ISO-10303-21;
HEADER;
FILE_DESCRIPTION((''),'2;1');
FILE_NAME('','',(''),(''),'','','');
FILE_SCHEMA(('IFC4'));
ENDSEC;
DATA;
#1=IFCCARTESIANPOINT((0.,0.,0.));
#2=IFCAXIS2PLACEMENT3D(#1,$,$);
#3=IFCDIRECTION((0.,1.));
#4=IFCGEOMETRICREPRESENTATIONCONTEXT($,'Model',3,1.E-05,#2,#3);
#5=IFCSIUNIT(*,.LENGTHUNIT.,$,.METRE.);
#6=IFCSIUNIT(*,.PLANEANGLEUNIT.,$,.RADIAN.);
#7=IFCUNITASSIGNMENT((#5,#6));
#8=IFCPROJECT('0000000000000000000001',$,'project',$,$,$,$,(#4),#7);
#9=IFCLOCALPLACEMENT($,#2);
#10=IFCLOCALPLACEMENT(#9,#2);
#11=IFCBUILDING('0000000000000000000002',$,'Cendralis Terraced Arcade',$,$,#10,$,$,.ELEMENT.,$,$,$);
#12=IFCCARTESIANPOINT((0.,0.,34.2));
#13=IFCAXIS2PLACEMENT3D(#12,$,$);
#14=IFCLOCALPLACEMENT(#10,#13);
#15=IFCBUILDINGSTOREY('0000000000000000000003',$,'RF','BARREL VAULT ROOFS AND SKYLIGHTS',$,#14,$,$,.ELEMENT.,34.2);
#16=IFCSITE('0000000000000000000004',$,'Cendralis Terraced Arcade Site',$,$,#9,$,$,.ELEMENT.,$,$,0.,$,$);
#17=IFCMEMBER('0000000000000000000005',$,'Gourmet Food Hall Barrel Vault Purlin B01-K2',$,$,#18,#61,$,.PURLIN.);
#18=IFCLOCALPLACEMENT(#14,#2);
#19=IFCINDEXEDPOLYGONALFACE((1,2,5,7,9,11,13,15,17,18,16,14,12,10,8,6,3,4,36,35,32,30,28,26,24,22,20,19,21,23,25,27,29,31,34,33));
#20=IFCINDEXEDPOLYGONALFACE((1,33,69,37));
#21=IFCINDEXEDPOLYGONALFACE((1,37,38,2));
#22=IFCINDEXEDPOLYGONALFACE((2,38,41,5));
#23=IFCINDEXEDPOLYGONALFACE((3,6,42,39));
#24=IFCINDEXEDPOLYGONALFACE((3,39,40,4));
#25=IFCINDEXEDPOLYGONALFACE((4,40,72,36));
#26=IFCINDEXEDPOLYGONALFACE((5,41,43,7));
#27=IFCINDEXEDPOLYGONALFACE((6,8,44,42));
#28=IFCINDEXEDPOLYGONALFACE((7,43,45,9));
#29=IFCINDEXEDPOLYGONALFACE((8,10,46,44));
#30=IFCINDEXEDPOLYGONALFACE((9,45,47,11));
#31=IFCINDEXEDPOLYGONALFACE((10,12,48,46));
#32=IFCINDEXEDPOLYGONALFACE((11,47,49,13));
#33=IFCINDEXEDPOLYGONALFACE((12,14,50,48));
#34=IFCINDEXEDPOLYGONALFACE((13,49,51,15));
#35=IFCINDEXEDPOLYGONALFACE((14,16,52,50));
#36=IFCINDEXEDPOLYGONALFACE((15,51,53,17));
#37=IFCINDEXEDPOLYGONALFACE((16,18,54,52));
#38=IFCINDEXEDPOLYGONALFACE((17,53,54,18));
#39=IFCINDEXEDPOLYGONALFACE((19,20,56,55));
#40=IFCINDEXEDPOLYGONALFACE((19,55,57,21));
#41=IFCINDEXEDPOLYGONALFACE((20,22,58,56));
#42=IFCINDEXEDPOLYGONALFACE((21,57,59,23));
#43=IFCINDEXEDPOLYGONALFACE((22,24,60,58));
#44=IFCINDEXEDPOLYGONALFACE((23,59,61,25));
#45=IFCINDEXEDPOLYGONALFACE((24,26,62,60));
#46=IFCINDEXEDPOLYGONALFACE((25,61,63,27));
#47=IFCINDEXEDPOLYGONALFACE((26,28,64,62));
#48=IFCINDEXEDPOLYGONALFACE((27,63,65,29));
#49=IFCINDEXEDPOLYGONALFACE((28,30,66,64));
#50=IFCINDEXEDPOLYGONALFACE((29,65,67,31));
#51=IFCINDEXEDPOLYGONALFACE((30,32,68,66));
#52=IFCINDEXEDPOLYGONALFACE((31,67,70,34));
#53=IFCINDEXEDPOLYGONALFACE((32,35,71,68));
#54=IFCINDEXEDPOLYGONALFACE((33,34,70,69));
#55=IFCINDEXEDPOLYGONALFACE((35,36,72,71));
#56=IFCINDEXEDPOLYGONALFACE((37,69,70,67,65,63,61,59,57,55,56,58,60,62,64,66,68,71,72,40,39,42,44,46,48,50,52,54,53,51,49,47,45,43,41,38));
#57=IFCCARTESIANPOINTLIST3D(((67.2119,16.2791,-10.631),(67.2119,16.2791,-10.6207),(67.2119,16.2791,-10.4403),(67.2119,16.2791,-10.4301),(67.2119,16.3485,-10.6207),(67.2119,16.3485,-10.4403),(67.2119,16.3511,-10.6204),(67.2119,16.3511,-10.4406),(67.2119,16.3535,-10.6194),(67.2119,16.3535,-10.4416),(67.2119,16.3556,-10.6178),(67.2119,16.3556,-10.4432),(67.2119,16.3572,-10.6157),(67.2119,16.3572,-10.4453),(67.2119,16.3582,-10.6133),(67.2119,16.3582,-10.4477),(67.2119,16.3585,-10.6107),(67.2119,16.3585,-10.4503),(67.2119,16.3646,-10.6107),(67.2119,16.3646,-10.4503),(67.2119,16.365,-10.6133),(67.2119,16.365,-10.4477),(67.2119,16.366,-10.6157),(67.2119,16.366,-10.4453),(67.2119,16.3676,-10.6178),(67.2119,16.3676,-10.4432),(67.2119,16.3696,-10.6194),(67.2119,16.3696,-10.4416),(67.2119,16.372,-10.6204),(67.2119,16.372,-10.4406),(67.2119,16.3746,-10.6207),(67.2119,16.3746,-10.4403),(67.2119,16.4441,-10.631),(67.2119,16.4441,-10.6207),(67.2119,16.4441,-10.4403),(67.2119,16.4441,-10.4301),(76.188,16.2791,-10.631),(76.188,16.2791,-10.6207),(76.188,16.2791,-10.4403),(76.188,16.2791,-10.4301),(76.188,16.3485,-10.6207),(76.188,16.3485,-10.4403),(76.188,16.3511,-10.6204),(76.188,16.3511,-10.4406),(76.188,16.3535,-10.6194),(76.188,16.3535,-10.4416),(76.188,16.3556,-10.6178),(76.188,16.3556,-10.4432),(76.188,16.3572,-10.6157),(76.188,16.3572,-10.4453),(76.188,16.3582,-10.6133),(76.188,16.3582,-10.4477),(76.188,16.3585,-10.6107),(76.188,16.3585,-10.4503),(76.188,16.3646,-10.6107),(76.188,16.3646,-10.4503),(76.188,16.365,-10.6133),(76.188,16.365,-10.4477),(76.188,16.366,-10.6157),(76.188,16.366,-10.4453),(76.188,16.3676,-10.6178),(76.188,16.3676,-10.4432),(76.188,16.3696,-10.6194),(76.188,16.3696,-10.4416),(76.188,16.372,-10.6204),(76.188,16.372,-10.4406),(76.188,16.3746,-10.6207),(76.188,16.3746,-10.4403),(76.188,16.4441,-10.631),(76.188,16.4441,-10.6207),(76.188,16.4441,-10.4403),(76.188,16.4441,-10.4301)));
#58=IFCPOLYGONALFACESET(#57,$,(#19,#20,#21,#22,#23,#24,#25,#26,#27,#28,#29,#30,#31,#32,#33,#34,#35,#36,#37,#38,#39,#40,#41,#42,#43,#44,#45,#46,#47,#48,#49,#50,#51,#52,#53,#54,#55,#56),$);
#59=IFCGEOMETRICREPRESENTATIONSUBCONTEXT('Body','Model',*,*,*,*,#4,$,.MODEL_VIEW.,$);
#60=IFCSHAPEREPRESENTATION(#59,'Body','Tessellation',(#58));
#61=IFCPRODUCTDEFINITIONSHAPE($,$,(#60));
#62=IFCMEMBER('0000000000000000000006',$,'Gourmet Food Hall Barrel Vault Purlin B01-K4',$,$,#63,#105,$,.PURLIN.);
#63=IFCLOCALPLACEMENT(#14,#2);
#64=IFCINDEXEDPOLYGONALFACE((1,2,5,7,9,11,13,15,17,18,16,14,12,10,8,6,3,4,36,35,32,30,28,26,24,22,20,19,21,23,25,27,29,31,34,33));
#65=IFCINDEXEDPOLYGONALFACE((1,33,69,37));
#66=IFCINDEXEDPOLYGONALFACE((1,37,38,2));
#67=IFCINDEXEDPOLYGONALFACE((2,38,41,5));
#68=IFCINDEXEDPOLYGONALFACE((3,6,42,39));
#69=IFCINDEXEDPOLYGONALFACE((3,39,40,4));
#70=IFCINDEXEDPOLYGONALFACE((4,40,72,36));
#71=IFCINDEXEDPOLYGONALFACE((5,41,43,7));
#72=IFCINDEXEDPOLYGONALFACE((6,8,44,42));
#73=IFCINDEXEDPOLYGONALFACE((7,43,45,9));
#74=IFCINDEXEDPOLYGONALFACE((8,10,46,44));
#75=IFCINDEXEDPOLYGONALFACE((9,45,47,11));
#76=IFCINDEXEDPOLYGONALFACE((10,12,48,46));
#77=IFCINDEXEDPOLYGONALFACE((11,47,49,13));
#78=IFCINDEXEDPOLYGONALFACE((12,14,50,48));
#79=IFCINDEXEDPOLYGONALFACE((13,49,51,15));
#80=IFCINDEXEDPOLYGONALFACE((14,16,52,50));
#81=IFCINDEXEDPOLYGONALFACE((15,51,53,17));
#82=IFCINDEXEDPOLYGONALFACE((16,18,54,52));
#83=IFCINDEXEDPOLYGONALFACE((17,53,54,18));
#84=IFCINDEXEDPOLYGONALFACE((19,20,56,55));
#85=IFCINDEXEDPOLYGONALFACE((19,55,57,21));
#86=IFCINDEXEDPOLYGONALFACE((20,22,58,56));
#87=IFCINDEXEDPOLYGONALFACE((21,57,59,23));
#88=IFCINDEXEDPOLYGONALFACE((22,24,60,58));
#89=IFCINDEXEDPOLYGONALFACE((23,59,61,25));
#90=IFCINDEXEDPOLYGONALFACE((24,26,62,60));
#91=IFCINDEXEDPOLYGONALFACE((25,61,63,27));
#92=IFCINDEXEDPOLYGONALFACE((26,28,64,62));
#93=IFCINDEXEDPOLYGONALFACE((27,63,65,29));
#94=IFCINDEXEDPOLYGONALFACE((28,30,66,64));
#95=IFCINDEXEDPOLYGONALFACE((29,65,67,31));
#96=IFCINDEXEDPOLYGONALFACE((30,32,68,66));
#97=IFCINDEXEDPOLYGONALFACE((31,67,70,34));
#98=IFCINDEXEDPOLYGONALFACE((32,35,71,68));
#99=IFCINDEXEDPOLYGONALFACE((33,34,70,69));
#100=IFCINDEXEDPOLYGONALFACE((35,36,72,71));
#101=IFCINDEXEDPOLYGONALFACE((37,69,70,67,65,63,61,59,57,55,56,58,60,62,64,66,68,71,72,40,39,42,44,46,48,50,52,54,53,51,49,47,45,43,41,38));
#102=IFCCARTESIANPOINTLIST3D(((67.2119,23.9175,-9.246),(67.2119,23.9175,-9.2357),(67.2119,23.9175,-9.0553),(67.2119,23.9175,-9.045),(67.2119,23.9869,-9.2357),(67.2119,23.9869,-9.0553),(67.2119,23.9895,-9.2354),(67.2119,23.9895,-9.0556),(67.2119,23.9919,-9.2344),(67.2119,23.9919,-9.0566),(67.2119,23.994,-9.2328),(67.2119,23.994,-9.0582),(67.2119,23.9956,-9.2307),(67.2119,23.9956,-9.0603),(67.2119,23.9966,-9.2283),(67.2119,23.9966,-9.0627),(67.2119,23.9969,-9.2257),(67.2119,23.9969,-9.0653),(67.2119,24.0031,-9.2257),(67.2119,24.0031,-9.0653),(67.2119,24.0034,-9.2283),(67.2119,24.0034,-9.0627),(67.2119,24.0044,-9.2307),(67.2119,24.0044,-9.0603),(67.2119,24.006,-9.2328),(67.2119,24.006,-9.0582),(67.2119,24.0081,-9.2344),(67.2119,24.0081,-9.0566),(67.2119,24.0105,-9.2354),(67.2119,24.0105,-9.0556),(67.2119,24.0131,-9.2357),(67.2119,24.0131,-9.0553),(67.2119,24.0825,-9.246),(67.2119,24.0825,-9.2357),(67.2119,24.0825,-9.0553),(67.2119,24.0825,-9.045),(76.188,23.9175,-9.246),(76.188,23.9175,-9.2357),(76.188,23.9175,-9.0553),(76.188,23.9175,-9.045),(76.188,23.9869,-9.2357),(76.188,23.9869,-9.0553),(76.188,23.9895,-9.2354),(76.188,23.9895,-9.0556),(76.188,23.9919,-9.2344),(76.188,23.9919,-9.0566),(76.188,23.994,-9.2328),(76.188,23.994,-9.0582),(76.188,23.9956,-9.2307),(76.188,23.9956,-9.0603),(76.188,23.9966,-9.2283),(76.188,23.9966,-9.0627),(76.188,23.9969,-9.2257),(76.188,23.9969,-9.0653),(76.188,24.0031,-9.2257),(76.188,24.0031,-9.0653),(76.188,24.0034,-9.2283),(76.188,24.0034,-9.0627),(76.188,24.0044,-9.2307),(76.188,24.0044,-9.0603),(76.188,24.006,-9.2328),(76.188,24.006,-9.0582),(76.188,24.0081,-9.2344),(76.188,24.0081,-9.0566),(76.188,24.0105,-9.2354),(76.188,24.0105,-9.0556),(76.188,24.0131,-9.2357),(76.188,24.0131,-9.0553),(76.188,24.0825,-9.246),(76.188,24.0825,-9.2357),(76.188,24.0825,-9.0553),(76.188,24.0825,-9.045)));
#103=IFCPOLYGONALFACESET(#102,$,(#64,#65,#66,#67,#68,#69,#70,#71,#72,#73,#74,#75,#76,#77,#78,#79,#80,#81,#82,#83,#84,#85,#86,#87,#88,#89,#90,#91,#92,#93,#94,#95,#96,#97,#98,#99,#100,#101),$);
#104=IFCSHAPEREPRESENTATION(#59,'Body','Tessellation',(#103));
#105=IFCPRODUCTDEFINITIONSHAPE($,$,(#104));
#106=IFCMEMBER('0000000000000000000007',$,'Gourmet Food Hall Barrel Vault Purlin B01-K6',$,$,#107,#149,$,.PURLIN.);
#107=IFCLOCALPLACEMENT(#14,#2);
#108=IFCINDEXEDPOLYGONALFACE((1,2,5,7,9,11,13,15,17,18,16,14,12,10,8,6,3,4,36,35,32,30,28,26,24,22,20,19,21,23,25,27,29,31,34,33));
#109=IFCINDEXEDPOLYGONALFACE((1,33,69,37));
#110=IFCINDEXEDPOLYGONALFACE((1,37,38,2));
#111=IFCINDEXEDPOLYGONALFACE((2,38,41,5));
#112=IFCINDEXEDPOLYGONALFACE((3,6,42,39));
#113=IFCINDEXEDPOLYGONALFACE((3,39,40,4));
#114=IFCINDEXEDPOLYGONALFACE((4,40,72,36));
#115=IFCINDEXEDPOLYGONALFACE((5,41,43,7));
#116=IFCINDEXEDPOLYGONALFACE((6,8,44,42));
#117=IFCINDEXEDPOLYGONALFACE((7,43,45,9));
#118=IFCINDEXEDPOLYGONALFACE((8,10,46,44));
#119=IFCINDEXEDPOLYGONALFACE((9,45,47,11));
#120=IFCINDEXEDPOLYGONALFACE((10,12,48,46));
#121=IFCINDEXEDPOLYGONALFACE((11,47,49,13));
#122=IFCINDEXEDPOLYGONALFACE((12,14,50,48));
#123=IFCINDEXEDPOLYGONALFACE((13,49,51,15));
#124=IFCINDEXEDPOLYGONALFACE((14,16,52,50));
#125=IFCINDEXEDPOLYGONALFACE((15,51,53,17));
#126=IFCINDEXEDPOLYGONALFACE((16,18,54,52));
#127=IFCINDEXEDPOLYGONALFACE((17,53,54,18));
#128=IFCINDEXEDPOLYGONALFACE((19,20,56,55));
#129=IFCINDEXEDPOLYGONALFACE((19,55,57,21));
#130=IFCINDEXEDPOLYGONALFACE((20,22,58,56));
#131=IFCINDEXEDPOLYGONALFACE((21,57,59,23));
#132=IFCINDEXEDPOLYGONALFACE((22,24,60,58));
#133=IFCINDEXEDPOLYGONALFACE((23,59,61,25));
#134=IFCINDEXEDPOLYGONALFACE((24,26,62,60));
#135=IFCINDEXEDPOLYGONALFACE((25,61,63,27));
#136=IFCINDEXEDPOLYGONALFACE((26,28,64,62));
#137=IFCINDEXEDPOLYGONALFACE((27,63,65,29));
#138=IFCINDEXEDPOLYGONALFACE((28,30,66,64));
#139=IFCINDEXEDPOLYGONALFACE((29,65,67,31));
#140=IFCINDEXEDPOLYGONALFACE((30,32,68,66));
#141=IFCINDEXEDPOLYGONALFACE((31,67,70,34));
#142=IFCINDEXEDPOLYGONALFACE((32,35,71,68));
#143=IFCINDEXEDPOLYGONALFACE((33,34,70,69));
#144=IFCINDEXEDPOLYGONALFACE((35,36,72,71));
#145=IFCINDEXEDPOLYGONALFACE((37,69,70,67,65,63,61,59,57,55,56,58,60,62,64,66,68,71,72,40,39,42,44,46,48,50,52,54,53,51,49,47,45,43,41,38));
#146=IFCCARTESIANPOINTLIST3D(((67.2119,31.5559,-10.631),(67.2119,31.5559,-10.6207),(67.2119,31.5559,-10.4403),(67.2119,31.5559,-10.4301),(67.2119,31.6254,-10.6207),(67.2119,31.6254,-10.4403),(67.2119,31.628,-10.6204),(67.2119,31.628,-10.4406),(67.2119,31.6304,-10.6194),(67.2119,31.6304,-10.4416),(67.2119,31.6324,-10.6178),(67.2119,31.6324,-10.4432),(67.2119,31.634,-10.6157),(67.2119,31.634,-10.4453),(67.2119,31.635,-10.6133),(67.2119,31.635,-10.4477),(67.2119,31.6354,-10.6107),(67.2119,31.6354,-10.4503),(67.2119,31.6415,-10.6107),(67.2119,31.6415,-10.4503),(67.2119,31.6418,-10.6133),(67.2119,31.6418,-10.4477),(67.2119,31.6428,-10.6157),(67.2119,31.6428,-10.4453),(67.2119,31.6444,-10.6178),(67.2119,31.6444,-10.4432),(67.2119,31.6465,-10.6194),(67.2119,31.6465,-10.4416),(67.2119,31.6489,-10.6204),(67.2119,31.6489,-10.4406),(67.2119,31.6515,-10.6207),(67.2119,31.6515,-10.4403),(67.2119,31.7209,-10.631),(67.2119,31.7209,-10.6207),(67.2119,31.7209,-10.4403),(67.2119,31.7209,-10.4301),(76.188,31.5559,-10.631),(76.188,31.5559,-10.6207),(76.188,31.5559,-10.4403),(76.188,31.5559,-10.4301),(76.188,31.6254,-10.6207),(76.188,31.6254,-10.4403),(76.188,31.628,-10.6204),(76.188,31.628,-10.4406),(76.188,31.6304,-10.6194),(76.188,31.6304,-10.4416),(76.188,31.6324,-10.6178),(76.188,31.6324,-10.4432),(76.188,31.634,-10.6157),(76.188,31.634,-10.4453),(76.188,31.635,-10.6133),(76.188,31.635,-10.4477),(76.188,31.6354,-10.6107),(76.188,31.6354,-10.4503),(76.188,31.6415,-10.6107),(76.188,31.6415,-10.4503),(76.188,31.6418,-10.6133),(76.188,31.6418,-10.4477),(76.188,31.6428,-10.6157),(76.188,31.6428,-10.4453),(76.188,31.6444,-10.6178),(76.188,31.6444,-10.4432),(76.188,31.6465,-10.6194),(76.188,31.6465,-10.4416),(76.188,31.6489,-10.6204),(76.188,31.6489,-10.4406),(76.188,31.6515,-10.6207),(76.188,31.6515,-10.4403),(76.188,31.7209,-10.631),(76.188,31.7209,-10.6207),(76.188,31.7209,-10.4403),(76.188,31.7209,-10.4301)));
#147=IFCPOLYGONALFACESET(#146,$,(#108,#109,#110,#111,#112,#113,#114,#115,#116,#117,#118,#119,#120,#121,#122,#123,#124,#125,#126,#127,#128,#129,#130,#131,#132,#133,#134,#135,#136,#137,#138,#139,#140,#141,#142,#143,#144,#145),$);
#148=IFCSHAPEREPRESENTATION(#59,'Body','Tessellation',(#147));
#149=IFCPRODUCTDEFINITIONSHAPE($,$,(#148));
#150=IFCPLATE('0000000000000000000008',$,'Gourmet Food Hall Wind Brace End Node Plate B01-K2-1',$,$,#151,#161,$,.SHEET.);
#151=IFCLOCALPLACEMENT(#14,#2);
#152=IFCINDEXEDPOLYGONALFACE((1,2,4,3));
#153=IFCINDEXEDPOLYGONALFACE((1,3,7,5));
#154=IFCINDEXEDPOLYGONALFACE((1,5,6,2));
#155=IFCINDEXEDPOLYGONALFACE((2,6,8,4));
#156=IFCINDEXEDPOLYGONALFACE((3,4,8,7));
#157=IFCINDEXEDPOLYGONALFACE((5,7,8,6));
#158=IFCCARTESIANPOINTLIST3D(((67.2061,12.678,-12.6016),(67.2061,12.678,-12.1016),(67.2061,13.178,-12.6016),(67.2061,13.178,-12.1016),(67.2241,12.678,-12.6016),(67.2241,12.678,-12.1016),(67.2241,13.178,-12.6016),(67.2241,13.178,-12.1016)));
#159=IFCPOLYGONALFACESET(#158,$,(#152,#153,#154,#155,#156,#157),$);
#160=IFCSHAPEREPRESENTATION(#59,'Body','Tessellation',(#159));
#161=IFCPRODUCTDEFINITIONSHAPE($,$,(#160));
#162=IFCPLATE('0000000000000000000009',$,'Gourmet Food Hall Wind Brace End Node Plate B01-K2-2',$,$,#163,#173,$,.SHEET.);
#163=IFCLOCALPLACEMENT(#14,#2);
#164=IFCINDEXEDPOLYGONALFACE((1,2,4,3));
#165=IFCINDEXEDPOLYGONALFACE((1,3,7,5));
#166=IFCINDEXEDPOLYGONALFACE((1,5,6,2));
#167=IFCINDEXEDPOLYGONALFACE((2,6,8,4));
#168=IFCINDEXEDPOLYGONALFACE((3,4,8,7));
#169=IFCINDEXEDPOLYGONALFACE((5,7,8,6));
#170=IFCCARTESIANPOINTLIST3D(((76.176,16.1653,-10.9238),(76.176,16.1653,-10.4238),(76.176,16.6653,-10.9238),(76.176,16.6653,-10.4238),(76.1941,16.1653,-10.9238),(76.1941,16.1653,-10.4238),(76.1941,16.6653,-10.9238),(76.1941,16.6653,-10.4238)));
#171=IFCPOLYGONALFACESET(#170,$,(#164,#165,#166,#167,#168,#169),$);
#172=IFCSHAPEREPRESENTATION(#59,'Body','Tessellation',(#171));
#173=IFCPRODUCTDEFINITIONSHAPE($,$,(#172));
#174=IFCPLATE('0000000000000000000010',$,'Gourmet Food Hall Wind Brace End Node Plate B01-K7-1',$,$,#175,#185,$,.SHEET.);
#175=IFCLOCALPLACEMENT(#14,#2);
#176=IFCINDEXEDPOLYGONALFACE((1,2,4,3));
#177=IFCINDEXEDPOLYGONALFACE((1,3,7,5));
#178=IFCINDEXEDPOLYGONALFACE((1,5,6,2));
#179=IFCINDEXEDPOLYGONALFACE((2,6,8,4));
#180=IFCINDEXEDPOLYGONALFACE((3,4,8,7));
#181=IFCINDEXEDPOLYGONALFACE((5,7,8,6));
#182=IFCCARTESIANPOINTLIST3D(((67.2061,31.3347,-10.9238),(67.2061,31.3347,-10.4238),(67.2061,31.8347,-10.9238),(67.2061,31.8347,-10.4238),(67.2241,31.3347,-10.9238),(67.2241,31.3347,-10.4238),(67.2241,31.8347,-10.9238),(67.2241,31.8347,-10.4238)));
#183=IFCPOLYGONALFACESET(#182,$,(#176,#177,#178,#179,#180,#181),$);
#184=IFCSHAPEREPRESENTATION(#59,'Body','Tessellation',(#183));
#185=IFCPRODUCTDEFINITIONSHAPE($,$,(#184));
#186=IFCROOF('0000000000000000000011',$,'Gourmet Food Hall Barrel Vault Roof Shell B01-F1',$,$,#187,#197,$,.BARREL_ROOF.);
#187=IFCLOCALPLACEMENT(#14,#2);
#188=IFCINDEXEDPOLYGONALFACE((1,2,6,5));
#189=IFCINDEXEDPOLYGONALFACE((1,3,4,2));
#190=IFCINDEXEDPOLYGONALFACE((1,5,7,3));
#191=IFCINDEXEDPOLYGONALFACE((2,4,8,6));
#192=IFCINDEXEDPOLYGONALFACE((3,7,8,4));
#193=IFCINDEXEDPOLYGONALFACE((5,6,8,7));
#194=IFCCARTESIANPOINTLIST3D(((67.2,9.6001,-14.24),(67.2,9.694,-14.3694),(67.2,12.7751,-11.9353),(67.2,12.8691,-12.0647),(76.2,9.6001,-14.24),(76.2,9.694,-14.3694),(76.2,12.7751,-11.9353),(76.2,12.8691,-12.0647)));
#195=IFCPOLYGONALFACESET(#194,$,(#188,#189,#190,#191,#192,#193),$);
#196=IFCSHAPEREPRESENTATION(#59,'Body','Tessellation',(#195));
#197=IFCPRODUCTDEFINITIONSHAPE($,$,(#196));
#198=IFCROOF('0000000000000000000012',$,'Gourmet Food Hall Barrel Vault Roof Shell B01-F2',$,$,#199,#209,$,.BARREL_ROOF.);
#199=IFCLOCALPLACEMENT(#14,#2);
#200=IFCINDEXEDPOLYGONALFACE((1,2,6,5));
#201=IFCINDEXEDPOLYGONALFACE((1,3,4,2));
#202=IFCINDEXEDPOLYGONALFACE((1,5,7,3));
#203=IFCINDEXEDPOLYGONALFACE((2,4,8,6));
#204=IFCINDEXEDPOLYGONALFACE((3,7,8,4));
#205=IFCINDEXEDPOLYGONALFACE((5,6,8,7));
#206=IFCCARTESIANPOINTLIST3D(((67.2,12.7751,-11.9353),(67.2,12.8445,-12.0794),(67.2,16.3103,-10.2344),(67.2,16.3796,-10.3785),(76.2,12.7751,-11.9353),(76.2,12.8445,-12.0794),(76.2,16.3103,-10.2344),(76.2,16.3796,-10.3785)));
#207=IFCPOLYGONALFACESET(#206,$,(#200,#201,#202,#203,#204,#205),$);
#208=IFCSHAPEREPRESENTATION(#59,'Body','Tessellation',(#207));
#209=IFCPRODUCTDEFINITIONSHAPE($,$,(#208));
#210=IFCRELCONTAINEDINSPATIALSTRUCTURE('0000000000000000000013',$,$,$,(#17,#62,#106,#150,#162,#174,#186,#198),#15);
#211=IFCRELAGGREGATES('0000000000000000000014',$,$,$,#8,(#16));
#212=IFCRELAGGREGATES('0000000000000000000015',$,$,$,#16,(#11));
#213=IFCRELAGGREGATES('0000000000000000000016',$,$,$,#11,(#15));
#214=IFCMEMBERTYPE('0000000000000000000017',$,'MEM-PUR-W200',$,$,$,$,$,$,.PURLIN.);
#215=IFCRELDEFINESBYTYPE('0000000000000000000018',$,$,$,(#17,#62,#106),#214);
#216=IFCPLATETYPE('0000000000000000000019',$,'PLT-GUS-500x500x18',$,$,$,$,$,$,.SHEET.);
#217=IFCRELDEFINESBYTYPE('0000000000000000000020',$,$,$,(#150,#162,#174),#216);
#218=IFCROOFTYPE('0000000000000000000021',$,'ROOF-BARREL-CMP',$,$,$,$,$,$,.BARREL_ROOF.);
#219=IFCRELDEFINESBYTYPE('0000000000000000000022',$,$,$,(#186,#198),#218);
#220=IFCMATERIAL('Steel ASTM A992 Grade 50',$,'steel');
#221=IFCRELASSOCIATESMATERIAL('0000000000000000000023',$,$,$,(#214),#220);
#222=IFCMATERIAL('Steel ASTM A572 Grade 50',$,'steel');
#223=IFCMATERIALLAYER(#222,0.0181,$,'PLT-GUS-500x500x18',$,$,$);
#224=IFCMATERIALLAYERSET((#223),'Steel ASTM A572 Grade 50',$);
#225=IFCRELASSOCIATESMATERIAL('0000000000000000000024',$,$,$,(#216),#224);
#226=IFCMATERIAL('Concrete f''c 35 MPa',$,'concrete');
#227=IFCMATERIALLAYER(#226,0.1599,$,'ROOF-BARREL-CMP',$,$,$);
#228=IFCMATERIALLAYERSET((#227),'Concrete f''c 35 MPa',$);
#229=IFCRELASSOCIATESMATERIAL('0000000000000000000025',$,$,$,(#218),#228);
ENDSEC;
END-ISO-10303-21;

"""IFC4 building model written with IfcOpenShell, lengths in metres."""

from ifc_helpers import new_model, si_unit, direction, frame, origin, origin_2d, place, context, subcontext, project, spatial, polyline, rectangle, i_section, outline, extrude, material, layer, layer_set, material_profile, profile_set, type_object, element, save


model = new_model("IFC4")

# Units and contexts
model_context = context("Model", 3, precision=1e-05, world=origin(), true_north=direction((0.0, 1.0)))
body_context = subcontext(model_context, "Body", "Model", "MODEL_VIEW")
ifc_project = project(units=[si_unit("LENGTHUNIT", "METRE"), si_unit("PLANEANGLEUNIT", "RADIAN")], contexts=[model_context])

# Site, building, storey
site_placement = place(None, origin())
site = spatial("IfcSite", under=ifc_project, at=site_placement, Name="Cendralis Terraced Arcade Site", CompositionType="ELEMENT", RefElevation=0.0)
building_placement = place(site_placement, origin())
building = spatial("IfcBuilding", under=site, at=building_placement, Name="Cendralis Terraced Arcade", CompositionType="ELEMENT")
storey_placement = place(building_placement, frame((0.0, 0.0, 34.2)))
storey = spatial("IfcBuildingStorey", under=building, at=storey_placement, Name="RF", Description="BARREL VAULT ROOFS AND SKYLIGHTS", CompositionType="ELEMENT", Elevation=34.2)

# Members
ifc_material_1 = material(Name="Steel ASTM A992 Grade 50", Category="steel")
ifc_material_2 = material(Name="Steel ASTM A572 Grade 50", Category="steel")
ifc_material_profile_1 = material_profile(ifc_material_1, i_section(OverallWidth=0.165, OverallDepth=0.2009, WebThickness=0.0061, FlangeThickness=0.0103, FilletRadius=0.01, at=origin_2d()), Name="W200X35.9", Category="LoadBearing")
ifc_profile_set_1 = profile_set([ifc_material_profile_1], Name="Steel ASTM A992 Grade 50")
member_type_1 = type_object("IfcMemberType", Name="MEM-PUR-W200", PredefinedType="PURLIN", material=ifc_profile_set_1)
for number, where, z_axis, x_axis, name in (
    (1, (67.2119, 16.3616, -10.5305), (1.0, 0.0, 0.0), (0.0, 1.0, 0.0), "Gourmet Food Hall Barrel Vault Purlin B01-K2"),
    (2, (67.2119, 24.0, -9.1455), (1.0, 0.0, 0.0), (0.0, 1.0, 0.0), "Gourmet Food Hall Barrel Vault Purlin B01-K4"),
    (3, (67.2119, 31.6384, -10.5305), (1.0, 0.0, 0.0), (0.0, 1.0, 0.0), "Gourmet Food Hall Barrel Vault Purlin B01-K6"),
):
    element("IfcMember", number, at=place(storey_placement, frame(where, z_axis=z_axis, x_axis=x_axis)), inside=storey, type_object=member_type_1, Name=name, PredefinedType="PURLIN", context=body_context, shape_type="SweptSolid", body=[
        extrude(i_section(OverallWidth=0.165, OverallDepth=0.2009, WebThickness=0.0061, FlangeThickness=0.0103, FilletRadius=0.01, at=origin_2d()), origin(), (0.0, 0.0, 1.0), 8.9761),
    ])

# Plates
ifc_layer_1 = layer(ifc_material_2, 0.0181, Name="PLT-GUS-500x500x18")
ifc_layer_set_1 = layer_set([ifc_layer_1], Name="Steel ASTM A572 Grade 50")
plate_type = type_object("IfcPlateType", Name="PLT-GUS-500x500x18", PredefinedType="SHEET", material=ifc_layer_set_1)
for number, where, z_axis, x_axis, name in (
    (4, (67.2151, 12.928, -12.6016), (0.0, 0.0, 1.0), (1.0, 0.0, 0.0), "Gourmet Food Hall Wind Brace End Node Plate B01-K2-1"),
    (5, (76.1851, 16.4153, -10.9238), (0.0, 0.0, 1.0), (1.0, 0.0, 0.0), "Gourmet Food Hall Wind Brace End Node Plate B01-K2-2"),
    (6, (67.2151, 31.5847, -10.9238), (0.0, 0.0, 1.0), (1.0, 0.0, 0.0), "Gourmet Food Hall Wind Brace End Node Plate B01-K7-1"),
):
    element("IfcPlate", number, at=place(storey_placement, frame(where, z_axis=z_axis, x_axis=x_axis)), inside=storey, type_object=plate_type, Name=name, PredefinedType="SHEET", context=body_context, shape_type="SweptSolid", body=[
        extrude(rectangle(XDim=0.0181, YDim=0.5, at=origin_2d()), origin(), (0.0, 0.0, 1.0), 0.5),
    ])

# Roofs
ifc_material_3 = material(Name="Concrete f'c 35 MPa", Category="concrete")
ifc_layer_2 = layer(ifc_material_3, 0.1599, Name="ROOF-BARREL-CMP")
ifc_layer_set_2 = layer_set([ifc_layer_2], Name="Concrete f'c 35 MPa")
roof_type = type_object("IfcRoofType", Name="ROOF-BARREL-CMP", PredefinedType="BARREL_ROOF", material=ifc_layer_set_2)
roof_1_placement = place(storey_placement, frame((67.2, 9.6001, -14.24), z_axis=(0.0, -0.587431, 0.809274), x_axis=(1.0, 0.0, 0.0)))
element("IfcRoof", 7, at=roof_1_placement, inside=storey, type_object=roof_type, Name="Gourmet Food Hall Barrel Vault Roof Shell B01-F1", PredefinedType="BARREL_ROOF", context=body_context, shape_type="SweptSolid", body=[
    extrude(outline(polyline([(0.0, 0.0), (9.0, 0.0), (9.0, 3.9233), (0.0, 3.9233), (0.0, 0.0)])), origin(), (0.0, 0.0, -1.0), 0.1599),
])
roof_2_placement = place(storey_placement, frame((67.2, 12.7751, -11.9353), z_axis=(0.0, -0.43357, 0.90112), x_axis=(1.0, 0.0, 0.0)))
element("IfcRoof", 8, at=roof_2_placement, inside=storey, type_object=roof_type, Name="Gourmet Food Hall Barrel Vault Roof Shell B01-F2", PredefinedType="BARREL_ROOF", context=body_context, shape_type="SweptSolid", body=[
    extrude(outline(polyline([(0.0, 0.0), (9.0, 0.0), (9.0, 3.9231), (0.0, 3.9231), (0.0, 0.0)])), origin(), (0.0, 0.0, -1.0), 0.1599),
])

save(model, "model.ifc")
